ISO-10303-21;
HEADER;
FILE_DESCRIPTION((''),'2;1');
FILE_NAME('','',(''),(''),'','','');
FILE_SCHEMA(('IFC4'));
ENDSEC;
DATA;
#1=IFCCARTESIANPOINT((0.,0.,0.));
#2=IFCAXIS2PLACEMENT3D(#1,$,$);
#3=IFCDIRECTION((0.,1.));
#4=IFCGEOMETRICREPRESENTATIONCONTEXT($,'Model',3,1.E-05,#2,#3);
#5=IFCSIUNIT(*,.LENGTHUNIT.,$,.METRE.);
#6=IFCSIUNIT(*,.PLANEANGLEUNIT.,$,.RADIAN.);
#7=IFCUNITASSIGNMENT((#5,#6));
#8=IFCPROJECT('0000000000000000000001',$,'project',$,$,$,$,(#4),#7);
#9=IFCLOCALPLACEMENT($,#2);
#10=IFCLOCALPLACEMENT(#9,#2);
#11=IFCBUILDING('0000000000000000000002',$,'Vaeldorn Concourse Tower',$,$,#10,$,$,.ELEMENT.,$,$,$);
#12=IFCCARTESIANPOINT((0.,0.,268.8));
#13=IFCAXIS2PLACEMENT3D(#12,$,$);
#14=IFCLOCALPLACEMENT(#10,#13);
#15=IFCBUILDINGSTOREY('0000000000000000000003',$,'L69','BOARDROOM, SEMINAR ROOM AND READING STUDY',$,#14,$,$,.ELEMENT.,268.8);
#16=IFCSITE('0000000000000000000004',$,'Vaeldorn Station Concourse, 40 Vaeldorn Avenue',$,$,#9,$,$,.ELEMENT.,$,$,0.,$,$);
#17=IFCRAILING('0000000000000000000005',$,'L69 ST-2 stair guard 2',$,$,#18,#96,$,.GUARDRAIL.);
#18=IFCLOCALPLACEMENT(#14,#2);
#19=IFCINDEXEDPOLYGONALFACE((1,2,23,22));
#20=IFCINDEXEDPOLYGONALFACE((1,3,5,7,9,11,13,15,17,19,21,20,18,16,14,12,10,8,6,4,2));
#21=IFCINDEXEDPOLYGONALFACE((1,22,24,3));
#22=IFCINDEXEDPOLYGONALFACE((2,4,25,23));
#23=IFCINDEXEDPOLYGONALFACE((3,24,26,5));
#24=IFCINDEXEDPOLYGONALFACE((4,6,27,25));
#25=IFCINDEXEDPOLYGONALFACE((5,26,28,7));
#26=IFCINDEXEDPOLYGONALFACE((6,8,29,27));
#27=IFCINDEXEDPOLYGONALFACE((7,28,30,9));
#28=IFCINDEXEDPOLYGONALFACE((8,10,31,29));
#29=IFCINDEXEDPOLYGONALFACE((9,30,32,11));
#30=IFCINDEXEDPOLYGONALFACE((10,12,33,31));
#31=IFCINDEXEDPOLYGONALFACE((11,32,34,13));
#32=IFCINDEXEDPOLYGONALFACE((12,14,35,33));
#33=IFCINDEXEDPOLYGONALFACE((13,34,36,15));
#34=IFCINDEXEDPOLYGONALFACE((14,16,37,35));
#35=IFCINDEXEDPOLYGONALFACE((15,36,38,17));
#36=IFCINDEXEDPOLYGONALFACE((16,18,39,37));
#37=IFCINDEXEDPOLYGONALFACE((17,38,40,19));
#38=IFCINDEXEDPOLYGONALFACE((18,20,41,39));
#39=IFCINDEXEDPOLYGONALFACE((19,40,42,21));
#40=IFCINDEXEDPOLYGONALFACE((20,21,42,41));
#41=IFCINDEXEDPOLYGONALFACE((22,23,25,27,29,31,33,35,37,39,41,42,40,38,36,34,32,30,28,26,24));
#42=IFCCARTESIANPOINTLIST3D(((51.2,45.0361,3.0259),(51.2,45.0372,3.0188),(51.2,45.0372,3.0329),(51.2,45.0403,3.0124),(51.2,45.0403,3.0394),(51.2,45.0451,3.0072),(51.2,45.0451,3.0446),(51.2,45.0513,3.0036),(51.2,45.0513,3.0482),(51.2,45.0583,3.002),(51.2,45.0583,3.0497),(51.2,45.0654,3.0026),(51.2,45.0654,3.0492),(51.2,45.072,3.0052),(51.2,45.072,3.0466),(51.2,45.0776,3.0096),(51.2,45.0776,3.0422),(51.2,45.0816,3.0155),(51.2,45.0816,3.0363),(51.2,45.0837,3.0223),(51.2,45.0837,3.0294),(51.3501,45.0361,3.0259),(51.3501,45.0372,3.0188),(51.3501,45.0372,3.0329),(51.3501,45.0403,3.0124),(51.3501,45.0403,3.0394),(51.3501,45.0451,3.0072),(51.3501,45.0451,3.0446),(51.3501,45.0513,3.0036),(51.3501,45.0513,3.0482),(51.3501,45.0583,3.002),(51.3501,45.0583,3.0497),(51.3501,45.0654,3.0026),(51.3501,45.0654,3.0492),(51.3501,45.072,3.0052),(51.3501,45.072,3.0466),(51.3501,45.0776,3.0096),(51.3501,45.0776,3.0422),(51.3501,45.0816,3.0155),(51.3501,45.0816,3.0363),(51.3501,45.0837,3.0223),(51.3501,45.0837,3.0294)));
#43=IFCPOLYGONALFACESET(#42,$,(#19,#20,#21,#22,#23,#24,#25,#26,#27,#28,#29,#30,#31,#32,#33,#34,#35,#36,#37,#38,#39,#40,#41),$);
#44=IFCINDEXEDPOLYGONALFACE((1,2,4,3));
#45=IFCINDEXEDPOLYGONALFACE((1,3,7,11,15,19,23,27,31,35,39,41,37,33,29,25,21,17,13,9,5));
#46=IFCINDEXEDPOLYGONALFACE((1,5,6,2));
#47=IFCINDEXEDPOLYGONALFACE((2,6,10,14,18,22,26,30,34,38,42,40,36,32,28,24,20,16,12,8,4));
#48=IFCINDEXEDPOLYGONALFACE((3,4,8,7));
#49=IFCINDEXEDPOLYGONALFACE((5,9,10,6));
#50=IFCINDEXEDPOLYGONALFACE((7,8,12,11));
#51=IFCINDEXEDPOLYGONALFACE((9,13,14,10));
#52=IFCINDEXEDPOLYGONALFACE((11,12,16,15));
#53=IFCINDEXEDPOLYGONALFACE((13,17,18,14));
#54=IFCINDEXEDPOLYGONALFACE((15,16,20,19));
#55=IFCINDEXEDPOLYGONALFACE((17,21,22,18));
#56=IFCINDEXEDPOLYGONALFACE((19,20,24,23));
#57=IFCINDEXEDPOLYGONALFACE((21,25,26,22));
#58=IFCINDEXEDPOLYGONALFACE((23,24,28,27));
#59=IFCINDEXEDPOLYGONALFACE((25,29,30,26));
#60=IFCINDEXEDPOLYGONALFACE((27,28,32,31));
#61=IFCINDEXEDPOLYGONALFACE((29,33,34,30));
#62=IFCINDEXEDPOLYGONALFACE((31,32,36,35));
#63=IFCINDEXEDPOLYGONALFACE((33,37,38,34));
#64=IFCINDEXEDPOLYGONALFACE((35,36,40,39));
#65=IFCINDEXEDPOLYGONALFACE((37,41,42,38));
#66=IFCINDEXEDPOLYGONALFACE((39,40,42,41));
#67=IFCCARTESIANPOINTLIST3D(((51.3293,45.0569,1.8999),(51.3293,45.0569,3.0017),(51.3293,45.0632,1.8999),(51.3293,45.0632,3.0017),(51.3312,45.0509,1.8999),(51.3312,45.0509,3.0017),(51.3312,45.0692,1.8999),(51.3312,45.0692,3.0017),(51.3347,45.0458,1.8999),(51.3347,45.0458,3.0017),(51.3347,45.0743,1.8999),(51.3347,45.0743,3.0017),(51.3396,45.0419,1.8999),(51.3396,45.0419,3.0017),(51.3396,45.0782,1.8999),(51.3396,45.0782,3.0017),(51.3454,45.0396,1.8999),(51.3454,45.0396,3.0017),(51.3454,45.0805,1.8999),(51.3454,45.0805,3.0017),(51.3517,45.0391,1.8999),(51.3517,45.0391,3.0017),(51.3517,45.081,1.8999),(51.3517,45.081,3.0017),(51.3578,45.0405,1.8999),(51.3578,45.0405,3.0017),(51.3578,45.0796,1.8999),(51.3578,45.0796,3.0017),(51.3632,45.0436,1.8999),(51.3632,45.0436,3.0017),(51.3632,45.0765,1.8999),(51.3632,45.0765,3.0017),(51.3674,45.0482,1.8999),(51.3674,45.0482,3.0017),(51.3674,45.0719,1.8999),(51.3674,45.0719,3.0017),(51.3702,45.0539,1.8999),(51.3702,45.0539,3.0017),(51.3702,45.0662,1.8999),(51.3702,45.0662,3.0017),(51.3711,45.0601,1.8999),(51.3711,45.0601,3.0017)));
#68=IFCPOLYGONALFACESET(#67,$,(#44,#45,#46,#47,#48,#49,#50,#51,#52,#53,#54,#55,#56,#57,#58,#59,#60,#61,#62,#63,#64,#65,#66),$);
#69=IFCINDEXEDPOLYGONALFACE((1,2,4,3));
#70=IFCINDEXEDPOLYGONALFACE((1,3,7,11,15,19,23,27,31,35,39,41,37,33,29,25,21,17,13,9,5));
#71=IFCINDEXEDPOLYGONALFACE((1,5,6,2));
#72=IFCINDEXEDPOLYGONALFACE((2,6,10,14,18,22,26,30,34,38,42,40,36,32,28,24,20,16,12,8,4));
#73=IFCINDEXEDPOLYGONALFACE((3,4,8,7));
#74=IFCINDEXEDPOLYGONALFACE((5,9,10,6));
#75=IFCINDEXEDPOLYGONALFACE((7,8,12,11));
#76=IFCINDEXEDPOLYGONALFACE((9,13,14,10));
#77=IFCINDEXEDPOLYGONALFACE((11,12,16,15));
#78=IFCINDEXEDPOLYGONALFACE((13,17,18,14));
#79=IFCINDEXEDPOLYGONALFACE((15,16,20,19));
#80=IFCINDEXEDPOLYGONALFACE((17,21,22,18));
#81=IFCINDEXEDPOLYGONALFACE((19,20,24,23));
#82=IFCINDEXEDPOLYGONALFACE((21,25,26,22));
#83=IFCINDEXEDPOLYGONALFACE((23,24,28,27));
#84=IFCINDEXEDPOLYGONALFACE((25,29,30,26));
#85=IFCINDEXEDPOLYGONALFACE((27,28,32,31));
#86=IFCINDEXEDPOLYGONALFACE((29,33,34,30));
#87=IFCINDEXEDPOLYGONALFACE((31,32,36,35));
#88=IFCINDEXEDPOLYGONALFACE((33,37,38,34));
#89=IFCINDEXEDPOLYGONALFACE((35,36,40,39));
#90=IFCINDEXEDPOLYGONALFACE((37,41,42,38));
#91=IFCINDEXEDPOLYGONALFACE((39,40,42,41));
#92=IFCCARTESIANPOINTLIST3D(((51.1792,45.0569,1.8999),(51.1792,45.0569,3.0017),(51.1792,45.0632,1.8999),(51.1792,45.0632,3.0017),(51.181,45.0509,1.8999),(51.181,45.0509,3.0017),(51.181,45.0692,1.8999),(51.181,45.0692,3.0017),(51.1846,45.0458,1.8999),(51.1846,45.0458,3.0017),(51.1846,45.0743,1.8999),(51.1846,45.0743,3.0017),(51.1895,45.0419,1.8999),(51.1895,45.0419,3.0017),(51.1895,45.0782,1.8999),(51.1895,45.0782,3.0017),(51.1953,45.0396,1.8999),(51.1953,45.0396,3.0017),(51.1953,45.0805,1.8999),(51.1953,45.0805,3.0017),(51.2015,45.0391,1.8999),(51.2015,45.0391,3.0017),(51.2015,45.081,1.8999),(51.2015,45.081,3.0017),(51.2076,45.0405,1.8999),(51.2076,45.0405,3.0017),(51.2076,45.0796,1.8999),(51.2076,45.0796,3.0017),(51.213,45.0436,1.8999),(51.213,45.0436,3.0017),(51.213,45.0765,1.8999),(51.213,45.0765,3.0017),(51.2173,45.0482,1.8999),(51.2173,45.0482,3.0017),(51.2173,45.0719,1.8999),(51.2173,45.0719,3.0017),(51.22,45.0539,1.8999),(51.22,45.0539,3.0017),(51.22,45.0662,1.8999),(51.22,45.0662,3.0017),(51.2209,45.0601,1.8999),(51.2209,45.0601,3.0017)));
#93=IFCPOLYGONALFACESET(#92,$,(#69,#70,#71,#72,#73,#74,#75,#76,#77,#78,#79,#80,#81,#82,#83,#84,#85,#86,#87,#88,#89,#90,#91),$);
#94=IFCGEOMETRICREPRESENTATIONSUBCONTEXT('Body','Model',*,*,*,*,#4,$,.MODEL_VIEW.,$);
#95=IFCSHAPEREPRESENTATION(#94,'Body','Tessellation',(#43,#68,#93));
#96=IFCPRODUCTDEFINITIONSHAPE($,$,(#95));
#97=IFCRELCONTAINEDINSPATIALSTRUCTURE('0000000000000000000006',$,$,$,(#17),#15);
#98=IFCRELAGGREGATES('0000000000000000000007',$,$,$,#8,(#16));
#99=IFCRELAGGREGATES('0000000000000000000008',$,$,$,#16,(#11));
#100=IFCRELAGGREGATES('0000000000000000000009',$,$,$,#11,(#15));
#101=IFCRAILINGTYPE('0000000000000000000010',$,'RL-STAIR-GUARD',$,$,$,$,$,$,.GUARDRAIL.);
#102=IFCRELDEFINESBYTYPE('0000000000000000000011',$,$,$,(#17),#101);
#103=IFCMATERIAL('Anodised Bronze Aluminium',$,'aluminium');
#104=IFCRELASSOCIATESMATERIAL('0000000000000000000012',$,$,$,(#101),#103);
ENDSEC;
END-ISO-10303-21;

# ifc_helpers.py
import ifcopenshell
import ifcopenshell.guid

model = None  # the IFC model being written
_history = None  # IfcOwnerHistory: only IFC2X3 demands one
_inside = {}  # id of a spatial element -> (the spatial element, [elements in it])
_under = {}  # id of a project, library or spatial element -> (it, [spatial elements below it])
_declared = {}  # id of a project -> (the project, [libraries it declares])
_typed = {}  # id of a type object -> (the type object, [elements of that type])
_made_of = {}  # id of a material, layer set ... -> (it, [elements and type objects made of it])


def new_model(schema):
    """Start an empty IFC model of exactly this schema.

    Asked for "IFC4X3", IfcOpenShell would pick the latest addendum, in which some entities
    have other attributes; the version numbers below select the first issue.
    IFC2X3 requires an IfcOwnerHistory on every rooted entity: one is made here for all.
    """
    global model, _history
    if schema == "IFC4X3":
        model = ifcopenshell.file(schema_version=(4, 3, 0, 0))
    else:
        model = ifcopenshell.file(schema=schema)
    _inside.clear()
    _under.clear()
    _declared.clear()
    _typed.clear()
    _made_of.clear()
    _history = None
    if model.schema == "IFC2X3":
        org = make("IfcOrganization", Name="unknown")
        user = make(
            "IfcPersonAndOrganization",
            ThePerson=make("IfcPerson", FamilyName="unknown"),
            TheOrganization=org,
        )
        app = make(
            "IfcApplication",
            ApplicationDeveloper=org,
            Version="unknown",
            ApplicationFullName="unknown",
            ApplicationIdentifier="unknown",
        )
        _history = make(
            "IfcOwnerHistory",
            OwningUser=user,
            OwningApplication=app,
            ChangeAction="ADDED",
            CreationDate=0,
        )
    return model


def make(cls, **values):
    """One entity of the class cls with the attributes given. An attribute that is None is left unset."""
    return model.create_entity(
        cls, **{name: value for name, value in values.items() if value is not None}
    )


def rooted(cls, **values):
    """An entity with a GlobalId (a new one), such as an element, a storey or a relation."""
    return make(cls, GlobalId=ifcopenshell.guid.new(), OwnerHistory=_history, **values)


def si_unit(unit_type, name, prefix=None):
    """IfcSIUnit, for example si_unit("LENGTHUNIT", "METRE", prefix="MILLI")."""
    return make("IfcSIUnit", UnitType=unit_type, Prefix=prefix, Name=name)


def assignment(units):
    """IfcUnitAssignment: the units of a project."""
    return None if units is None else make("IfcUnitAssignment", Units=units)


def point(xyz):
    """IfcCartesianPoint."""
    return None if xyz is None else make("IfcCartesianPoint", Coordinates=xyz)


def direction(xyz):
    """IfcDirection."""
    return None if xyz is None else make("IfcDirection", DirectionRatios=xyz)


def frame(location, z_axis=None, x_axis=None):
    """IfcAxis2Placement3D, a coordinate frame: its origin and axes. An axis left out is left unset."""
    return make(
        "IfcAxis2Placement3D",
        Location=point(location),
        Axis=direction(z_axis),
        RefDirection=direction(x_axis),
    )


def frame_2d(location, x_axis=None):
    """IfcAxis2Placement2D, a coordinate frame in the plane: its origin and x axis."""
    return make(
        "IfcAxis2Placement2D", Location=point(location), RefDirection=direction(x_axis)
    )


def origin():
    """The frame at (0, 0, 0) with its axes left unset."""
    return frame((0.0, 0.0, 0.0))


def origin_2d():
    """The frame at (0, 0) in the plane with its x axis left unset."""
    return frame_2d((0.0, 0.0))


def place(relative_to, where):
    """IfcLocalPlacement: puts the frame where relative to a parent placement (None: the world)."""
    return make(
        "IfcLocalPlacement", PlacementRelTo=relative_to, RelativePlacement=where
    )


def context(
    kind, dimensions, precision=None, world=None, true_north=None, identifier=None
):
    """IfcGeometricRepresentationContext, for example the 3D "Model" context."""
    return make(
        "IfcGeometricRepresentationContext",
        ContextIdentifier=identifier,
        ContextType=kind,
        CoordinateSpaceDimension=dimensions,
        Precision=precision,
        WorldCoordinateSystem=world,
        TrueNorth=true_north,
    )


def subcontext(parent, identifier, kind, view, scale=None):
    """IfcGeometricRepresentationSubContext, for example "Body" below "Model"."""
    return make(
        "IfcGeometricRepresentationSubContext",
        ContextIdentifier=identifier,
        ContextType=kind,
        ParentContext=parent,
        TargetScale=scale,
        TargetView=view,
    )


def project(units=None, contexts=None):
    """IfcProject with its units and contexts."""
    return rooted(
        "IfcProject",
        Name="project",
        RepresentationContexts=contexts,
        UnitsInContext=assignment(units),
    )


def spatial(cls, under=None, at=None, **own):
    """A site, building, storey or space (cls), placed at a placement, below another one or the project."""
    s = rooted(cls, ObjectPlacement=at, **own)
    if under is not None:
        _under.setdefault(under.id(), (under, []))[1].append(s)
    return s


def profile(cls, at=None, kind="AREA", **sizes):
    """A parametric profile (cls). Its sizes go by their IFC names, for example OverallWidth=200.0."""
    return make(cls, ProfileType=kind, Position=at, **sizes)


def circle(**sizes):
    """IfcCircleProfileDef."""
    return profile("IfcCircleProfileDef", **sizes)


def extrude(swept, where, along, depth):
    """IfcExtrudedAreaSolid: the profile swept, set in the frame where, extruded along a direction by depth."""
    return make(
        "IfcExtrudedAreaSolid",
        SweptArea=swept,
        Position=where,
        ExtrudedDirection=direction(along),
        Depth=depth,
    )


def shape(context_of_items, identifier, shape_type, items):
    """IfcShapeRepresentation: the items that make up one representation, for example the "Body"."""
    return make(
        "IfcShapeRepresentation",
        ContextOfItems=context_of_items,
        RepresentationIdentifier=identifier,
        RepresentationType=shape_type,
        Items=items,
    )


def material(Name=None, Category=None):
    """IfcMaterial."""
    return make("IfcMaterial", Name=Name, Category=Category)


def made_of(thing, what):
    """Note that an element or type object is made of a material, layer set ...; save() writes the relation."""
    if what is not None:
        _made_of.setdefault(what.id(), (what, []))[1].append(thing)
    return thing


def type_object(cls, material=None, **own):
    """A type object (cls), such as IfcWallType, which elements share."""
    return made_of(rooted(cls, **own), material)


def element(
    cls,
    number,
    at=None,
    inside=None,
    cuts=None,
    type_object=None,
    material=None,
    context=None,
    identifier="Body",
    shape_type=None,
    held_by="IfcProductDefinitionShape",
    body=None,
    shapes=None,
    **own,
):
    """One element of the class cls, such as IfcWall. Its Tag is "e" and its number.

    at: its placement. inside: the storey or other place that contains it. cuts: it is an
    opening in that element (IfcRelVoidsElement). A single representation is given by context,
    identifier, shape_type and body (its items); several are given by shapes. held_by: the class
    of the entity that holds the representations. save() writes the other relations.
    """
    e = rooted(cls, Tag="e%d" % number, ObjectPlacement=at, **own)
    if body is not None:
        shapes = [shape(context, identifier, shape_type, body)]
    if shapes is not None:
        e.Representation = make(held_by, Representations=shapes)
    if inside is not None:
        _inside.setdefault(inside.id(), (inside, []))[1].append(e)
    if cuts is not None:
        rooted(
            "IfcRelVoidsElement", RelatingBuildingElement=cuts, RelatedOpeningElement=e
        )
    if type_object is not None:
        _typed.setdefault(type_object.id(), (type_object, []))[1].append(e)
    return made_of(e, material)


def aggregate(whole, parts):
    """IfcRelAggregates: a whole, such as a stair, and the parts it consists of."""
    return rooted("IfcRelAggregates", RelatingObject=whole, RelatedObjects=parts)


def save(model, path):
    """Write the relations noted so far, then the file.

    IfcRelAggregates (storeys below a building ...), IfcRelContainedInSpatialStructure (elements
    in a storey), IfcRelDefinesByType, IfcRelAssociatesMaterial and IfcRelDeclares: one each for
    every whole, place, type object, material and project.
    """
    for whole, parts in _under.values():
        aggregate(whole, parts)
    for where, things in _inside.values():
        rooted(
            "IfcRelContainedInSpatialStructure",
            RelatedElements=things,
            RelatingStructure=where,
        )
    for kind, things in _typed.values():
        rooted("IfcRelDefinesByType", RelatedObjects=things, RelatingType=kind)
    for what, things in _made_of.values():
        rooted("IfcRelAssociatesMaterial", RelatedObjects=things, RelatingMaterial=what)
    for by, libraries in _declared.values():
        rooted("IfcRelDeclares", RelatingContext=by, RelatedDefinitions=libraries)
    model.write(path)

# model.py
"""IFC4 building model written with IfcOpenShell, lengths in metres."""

from ifc_helpers import new_model, si_unit, direction, frame, origin, origin_2d, place, context, subcontext, project, spatial, circle, extrude, material, type_object, element, save


model = new_model("IFC4")

# Units and contexts
model_context = context("Model", 3, precision=1e-05, world=origin(), true_north=direction((0.0, 1.0)))
body_context = subcontext(model_context, "Body", "Model", "MODEL_VIEW")
ifc_project = project(units=[si_unit("LENGTHUNIT", "METRE"), si_unit("PLANEANGLEUNIT", "RADIAN")], contexts=[model_context])

# Site, building, storey
site_placement = place(None, origin())
site = spatial("IfcSite", under=ifc_project, at=site_placement, Name="Vaeldorn Station Concourse, 40 Vaeldorn Avenue", CompositionType="ELEMENT", RefElevation=0.0)
building_placement = place(site_placement, origin())
building = spatial("IfcBuilding", under=site, at=building_placement, Name="Vaeldorn Concourse Tower", CompositionType="ELEMENT")
storey_placement = place(building_placement, frame((0.0, 0.0, 268.8)))
storey = spatial("IfcBuildingStorey", under=building, at=storey_placement, Name="L69", Description="BOARDROOM, SEMINAR ROOM AND READING STUDY", CompositionType="ELEMENT", Elevation=268.8)

# Shared definitions
ifc_material_1 = material(Name="Anodised Bronze Aluminium", Category="aluminium")

# Railing
railing_type_1 = type_object("IfcRailingType", Name="RL-STAIR-GUARD", PredefinedType="GUARDRAIL", material=ifc_material_1)
railing_1_placement = place(storey_placement, frame((51.3501, 45.0601, 1.8999)))
element("IfcRailing", 1, at=railing_1_placement, inside=storey, type_object=railing_type_1, Name="L69 ST-2 stair guard 2", PredefinedType="GUARDRAIL", context=body_context, shape_type="SweptSolid", body=[
    extrude(circle(Radius=0.0239, at=origin_2d()), frame((0.0, 0.0, 1.126), z_axis=(-1.0, 0.0, 0.0), x_axis=(0.0, -1.0, 0.0)), (0.0, 0.0, 1.0), 0.1501),
    extrude(circle(Radius=0.021, at=origin_2d()), origin(), (0.0, 0.0, 1.0), 1.1018),
    extrude(circle(Radius=0.021, at=origin_2d()), frame((-0.1501, 0.0, 0.0)), (0.0, 0.0, 1.0), 1.1018),
])

save(model, "model.ifc")
